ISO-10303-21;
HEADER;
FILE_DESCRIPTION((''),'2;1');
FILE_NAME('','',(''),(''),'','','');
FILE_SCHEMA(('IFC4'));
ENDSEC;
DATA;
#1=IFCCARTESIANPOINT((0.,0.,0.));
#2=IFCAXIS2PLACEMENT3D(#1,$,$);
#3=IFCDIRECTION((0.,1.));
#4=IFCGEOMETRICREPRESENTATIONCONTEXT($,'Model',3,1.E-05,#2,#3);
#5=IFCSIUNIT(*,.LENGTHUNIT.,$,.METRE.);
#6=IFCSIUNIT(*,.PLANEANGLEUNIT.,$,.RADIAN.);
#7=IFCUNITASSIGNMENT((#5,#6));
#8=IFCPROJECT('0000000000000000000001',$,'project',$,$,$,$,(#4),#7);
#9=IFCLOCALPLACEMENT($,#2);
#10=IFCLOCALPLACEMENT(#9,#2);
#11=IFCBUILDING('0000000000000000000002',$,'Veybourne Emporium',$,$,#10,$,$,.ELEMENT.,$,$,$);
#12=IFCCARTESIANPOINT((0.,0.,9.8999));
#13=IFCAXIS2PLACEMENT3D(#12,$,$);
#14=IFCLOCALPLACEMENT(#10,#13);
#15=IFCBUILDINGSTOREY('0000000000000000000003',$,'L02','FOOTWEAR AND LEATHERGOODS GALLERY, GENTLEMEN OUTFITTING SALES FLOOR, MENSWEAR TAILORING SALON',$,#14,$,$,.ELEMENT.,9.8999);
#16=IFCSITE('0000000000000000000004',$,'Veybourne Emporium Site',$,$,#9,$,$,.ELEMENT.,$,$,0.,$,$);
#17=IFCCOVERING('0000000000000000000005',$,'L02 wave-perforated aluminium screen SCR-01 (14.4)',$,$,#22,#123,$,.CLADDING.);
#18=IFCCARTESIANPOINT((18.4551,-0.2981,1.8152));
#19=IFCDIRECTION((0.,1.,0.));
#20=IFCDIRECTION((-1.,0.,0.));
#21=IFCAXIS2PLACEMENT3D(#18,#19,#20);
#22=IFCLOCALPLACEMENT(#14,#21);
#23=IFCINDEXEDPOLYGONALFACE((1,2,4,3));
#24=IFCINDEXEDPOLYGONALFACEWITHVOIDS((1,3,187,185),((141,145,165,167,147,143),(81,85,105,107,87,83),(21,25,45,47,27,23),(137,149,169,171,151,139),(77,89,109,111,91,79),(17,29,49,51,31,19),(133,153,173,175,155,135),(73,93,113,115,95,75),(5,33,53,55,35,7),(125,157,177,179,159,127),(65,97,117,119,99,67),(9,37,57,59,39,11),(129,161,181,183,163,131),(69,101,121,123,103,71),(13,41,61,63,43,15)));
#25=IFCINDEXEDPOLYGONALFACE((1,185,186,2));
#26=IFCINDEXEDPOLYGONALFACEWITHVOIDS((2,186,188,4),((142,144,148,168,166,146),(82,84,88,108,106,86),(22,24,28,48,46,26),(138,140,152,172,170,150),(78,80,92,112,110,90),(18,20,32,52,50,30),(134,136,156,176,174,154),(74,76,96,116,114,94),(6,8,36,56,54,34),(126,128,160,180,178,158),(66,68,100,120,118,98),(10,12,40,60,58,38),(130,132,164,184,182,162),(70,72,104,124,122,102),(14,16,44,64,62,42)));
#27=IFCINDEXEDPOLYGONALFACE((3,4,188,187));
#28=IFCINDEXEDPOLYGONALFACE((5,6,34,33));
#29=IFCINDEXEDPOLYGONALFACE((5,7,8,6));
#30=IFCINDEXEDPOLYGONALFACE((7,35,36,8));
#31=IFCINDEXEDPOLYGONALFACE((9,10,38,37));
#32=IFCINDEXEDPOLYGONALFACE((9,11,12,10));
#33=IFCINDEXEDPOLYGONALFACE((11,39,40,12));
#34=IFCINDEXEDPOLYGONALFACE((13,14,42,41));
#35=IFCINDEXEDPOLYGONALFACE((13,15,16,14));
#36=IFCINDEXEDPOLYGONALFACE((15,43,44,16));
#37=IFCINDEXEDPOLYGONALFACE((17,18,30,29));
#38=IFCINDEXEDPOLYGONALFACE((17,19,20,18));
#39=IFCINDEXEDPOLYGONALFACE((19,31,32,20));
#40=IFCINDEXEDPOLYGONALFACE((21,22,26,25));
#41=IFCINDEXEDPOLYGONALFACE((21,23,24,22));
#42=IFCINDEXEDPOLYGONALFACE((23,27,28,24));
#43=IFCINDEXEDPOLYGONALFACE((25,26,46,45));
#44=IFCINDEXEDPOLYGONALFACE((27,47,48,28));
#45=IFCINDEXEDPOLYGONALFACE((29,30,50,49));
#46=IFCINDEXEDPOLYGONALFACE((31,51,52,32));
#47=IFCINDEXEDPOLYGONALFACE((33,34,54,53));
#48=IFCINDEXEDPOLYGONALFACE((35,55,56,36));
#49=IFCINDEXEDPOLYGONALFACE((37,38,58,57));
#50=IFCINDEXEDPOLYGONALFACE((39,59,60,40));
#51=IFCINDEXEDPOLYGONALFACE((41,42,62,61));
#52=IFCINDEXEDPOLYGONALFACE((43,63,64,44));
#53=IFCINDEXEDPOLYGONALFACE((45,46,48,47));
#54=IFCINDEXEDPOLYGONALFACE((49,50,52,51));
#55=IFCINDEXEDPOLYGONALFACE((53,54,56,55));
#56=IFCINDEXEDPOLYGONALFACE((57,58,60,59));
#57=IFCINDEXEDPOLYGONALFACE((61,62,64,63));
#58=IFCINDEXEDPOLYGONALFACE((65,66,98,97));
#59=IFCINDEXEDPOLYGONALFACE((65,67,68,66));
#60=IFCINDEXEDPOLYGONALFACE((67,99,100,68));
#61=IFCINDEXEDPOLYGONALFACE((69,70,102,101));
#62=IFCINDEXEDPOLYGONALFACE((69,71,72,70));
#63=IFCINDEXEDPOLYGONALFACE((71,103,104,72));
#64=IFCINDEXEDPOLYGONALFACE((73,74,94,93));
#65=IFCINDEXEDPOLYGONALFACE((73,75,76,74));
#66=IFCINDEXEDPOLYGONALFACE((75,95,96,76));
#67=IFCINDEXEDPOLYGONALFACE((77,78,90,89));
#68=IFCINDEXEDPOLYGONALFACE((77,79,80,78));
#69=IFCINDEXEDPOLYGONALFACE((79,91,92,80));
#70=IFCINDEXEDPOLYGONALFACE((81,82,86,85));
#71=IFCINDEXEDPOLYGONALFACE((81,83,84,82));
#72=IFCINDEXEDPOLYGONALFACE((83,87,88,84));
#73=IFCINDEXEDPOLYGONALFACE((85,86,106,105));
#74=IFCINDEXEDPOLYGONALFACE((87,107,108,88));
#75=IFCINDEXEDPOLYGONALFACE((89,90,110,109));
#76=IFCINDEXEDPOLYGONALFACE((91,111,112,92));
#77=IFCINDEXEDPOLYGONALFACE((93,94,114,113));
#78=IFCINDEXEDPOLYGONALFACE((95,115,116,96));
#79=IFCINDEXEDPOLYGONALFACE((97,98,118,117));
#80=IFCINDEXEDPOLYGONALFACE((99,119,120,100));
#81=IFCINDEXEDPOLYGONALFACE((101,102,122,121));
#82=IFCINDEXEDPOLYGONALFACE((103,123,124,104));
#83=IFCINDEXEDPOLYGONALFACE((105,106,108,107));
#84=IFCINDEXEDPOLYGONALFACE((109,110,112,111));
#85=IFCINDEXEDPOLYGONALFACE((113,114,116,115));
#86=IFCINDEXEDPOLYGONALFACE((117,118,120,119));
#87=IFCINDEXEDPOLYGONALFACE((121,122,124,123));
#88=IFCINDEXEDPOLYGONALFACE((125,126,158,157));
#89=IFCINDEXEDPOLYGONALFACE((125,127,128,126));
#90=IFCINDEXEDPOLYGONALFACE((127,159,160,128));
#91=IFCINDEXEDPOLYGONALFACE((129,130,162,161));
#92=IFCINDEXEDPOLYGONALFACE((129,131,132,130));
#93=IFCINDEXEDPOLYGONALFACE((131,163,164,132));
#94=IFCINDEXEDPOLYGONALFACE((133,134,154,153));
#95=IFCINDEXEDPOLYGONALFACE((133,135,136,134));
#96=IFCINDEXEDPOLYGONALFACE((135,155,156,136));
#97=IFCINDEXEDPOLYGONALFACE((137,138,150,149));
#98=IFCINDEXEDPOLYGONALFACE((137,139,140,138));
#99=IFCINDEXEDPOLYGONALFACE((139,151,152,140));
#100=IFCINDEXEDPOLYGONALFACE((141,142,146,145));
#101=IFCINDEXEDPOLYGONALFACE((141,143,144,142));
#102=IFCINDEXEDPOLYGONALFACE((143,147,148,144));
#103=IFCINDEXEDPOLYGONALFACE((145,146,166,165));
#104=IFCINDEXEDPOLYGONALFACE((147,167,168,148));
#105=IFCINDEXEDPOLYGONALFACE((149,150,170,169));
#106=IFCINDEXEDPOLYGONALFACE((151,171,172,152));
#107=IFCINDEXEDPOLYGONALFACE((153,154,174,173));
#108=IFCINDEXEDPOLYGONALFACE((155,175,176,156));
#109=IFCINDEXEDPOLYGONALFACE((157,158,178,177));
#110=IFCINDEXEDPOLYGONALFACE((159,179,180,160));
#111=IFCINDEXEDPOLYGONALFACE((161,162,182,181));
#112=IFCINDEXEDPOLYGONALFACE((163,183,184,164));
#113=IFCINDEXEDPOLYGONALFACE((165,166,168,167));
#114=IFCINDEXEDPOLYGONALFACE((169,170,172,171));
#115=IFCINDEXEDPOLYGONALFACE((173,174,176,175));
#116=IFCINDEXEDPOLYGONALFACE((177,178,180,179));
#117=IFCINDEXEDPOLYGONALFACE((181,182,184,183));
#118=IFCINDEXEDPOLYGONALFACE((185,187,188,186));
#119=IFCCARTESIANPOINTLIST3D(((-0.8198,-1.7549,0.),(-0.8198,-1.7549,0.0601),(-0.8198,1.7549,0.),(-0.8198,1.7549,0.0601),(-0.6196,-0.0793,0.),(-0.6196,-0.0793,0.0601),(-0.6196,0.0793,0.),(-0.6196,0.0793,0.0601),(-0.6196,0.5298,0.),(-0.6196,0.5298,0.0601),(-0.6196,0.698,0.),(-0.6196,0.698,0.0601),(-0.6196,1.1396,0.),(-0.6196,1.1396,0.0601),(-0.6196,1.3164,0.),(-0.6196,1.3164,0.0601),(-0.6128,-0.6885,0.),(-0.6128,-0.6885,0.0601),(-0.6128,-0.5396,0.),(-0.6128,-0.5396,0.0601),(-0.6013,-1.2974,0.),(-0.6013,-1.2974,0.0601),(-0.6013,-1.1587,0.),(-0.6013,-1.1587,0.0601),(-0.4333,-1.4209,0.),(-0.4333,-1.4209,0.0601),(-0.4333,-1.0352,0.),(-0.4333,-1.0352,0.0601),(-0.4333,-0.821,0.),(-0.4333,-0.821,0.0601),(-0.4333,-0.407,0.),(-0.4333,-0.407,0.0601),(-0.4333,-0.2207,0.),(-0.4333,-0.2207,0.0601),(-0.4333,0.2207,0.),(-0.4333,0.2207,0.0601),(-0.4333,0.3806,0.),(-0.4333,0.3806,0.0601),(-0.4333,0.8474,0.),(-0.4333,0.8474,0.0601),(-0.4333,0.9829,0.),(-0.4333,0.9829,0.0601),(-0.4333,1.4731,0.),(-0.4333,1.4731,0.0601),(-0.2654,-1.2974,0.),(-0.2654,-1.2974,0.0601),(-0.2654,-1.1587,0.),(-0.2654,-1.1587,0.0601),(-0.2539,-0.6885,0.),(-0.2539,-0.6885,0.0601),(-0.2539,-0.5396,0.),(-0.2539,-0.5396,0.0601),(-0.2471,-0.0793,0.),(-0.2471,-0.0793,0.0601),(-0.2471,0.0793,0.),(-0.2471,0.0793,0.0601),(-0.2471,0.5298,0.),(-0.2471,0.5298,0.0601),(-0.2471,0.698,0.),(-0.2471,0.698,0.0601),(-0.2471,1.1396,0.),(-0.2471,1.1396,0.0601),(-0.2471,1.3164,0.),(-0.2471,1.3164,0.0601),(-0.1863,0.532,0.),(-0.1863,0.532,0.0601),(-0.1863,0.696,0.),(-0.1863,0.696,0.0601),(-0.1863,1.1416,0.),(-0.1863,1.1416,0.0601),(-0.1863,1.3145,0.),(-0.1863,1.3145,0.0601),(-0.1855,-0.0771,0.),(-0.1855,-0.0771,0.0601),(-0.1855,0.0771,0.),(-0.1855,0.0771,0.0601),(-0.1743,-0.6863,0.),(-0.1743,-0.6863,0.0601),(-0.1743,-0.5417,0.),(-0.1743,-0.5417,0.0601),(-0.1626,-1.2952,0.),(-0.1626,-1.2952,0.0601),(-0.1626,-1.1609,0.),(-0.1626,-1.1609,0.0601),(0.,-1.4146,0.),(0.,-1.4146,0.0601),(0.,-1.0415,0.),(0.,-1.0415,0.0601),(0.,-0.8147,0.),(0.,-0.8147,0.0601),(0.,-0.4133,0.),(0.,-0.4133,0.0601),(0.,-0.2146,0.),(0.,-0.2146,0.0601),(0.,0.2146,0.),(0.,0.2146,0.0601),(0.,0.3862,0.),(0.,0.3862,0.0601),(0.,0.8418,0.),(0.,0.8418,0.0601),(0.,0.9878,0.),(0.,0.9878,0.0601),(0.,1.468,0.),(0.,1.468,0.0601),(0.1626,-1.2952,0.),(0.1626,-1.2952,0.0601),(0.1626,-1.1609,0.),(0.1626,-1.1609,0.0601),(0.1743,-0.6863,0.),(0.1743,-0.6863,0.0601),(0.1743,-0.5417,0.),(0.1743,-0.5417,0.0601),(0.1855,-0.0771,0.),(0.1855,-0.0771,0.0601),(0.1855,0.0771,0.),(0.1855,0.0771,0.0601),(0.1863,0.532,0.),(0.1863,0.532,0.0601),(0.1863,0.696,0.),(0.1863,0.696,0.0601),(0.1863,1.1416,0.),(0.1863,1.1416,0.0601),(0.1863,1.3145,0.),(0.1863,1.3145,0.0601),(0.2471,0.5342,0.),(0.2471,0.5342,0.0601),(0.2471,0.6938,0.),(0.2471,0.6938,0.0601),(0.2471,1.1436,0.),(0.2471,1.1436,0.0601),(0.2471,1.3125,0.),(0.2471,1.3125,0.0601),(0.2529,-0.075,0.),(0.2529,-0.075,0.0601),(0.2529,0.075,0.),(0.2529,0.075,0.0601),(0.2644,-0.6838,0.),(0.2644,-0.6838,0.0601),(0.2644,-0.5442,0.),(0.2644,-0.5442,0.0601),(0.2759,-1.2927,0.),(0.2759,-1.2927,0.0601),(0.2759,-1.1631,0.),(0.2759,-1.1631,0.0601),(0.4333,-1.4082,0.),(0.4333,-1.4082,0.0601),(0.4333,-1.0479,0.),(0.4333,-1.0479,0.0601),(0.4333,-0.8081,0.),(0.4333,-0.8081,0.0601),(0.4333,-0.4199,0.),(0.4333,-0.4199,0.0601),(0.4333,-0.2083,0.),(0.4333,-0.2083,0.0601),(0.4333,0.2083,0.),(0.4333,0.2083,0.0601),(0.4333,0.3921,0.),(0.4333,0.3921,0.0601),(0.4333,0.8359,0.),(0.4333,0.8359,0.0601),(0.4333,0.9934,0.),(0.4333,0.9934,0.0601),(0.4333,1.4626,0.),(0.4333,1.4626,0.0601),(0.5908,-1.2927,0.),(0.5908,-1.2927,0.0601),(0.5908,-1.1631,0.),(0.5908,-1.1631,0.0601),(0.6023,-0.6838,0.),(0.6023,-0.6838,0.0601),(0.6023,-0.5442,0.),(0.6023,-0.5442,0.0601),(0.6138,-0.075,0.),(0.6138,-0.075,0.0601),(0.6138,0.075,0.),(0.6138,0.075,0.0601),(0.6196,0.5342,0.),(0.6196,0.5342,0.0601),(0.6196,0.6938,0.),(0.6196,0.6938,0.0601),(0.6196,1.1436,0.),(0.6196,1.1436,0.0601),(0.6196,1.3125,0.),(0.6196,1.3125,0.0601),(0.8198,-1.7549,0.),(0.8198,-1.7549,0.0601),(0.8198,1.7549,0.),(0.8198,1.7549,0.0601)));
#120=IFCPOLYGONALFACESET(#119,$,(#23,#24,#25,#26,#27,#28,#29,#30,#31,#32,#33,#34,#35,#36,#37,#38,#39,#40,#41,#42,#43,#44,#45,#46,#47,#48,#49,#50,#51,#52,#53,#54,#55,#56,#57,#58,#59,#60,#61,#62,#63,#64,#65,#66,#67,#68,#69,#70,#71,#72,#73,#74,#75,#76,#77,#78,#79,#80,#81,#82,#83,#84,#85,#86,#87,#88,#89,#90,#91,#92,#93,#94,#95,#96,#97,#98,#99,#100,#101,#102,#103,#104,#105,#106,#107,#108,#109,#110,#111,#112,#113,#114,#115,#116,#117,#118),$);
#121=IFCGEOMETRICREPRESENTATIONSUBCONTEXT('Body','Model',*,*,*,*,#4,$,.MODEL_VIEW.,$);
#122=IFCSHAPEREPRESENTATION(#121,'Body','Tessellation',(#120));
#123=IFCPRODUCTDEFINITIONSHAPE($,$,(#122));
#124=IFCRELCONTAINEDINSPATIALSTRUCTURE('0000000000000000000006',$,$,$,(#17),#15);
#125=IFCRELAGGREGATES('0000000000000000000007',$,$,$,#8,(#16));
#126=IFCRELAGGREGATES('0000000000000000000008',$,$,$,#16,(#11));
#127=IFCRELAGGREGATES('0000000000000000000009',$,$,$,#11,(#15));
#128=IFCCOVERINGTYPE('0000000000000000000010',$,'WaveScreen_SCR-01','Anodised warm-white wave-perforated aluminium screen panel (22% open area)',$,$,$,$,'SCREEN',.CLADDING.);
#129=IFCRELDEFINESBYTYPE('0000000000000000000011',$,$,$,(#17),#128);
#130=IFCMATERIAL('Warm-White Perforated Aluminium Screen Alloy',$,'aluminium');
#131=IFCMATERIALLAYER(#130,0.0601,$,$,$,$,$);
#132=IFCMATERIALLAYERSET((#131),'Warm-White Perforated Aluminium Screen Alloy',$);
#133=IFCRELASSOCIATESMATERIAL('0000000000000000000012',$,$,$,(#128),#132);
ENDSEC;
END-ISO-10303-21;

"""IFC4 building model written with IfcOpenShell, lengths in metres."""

from ifc_helpers import new_model, si_unit, direction, frame, origin, place, context, subcontext, project, spatial, polyline, outline, extrude, material, layer, layer_set, type_object, element, save


model = new_model("IFC4")

# Units and contexts
model_context = context("Model", 3, precision=1e-05, world=origin(), true_north=direction((0.0, 1.0)))
body_context = subcontext(model_context, "Body", "Model", "MODEL_VIEW")
ifc_project = project(units=[si_unit("LENGTHUNIT", "METRE"), si_unit("PLANEANGLEUNIT", "RADIAN")], contexts=[model_context])

# Site, building, storey
site_placement = place(None, origin())
site = spatial("IfcSite", under=ifc_project, at=site_placement, Name="Veybourne Emporium Site", CompositionType="ELEMENT", RefElevation=0.0)
building_placement = place(site_placement, origin())
building = spatial("IfcBuilding", under=site, at=building_placement, Name="Veybourne Emporium", CompositionType="ELEMENT")
storey_placement = place(building_placement, frame((0.0, 0.0, 9.8999)))
storey = spatial("IfcBuildingStorey", under=building, at=storey_placement, Name="L02", Description="FOOTWEAR AND LEATHERGOODS GALLERY, GENTLEMEN OUTFITTING SALES FLOOR, MENSWEAR TAILORING SALON", CompositionType="ELEMENT", Elevation=9.8999)

# Covering
ifc_material_1 = material(Name="Warm-White Perforated Aluminium Screen Alloy", Category="aluminium")
ifc_layer_1 = layer(ifc_material_1, 0.0601)
ifc_layer_set_1 = layer_set([ifc_layer_1], Name="Warm-White Perforated Aluminium Screen Alloy")
covering_type_1 = type_object("IfcCoveringType", Name="WaveScreen_SCR-01", Description="Anodised warm-white wave-perforated aluminium screen panel (22% open area)", ElementType="SCREEN", PredefinedType="CLADDING", material=ifc_layer_set_1)
covering_1_placement = place(storey_placement, frame((18.4551, -0.2981, 1.8152), z_axis=(0.0, 1.0, 0.0), x_axis=(-1.0, 0.0, 0.0)))
element("IfcCovering", 1, at=covering_1_placement, inside=storey, type_object=covering_type_1, Name="L02 wave-perforated aluminium screen SCR-01 (14.4)", PredefinedType="CLADDING", context=body_context, shape_type="SweptSolid", body=[
    extrude(outline(polyline([(-0.8198, -1.7549), (0.8198, -1.7549), (0.8198, 1.7549), (-0.8198, 1.7549), (-0.8198, -1.7549)]), holes=[polyline([(-0.4333, -1.0352), (-0.2654, -1.1587), (-0.2654, -1.2974), (-0.4333, -1.4209), (-0.6013, -1.2974), (-0.6013, -1.1587), (-0.4333, -1.0352)]), polyline([(-0.4333, -0.407), (-0.2539, -0.5396), (-0.2539, -0.6885), (-0.4333, -0.821), (-0.6128, -0.6885), (-0.6128, -0.5396), (-0.4333, -0.407)]), polyline([(-0.4333, 0.2207), (-0.2471, 0.0793), (-0.2471, -0.0793), (-0.4333, -0.2207), (-0.6196, -0.0793), (-0.6196, 0.0793), (-0.4333, 0.2207)]), polyline([(-0.4333, 0.8474), (-0.2471, 0.698), (-0.2471, 0.5298), (-0.4333, 0.3806), (-0.6196, 0.5298), (-0.6196, 0.698), (-0.4333, 0.8474)]), polyline([(-0.4333, 1.4731), (-0.2471, 1.3164), (-0.2471, 1.1396), (-0.4333, 0.9829), (-0.6196, 1.1396), (-0.6196, 1.3164), (-0.4333, 1.4731)]), polyline([(0.0, -1.0415), (0.1626, -1.1609), (0.1626, -1.2952), (0.0, -1.4146), (-0.1626, -1.2952), (-0.1626, -1.1609), (0.0, -1.0415)]), polyline([(0.0, -0.4133), (0.1743, -0.5417), (0.1743, -0.6863), (0.0, -0.8147), (-0.1743, -0.6863), (-0.1743, -0.5417), (0.0, -0.4133)]), polyline([(0.0, 0.2146), (0.1855, 0.0771), (0.1855, -0.0771), (0.0, -0.2146), (-0.1855, -0.0771), (-0.1855, 0.0771), (0.0, 0.2146)]), polyline([(0.0, 0.8418), (0.1863, 0.696), (0.1863, 0.532), (0.0, 0.3862), (-0.1863, 0.532), (-0.1863, 0.696), (0.0, 0.8418)]), polyline([(0.0, 1.468), (0.1863, 1.3145), (0.1863, 1.1416), (0.0, 0.9878), (-0.1863, 1.1416), (-0.1863, 1.3145), (0.0, 1.468)]), polyline([(0.4333, -1.0479), (0.5908, -1.1631), (0.5908, -1.2927), (0.4333, -1.4082), (0.2759, -1.2927), (0.2759, -1.1631), (0.4333, -1.0479)]), polyline([(0.4333, -0.4199), (0.6023, -0.5442), (0.6023, -0.6838), (0.4333, -0.8081), (0.2644, -0.6838), (0.2644, -0.5442), (0.4333, -0.4199)]), polyline([(0.4333, 0.2083), (0.6138, 0.075), (0.6138, -0.075), (0.4333, -0.2083), (0.2529, -0.075), (0.2529, 0.075), (0.4333, 0.2083)]), polyline([(0.4333, 0.8359), (0.6196, 0.6938), (0.6196, 0.5342), (0.4333, 0.3921), (0.2471, 0.5342), (0.2471, 0.6938), (0.4333, 0.8359)]), polyline([(0.4333, 1.4626), (0.6196, 1.3125), (0.6196, 1.1436), (0.4333, 0.9934), (0.2471, 1.1436), (0.2471, 1.3125), (0.4333, 1.4626)])]), origin(), (0.0, 0.0, 1.0), 0.0601),
])

save(model, "model.ifc")
